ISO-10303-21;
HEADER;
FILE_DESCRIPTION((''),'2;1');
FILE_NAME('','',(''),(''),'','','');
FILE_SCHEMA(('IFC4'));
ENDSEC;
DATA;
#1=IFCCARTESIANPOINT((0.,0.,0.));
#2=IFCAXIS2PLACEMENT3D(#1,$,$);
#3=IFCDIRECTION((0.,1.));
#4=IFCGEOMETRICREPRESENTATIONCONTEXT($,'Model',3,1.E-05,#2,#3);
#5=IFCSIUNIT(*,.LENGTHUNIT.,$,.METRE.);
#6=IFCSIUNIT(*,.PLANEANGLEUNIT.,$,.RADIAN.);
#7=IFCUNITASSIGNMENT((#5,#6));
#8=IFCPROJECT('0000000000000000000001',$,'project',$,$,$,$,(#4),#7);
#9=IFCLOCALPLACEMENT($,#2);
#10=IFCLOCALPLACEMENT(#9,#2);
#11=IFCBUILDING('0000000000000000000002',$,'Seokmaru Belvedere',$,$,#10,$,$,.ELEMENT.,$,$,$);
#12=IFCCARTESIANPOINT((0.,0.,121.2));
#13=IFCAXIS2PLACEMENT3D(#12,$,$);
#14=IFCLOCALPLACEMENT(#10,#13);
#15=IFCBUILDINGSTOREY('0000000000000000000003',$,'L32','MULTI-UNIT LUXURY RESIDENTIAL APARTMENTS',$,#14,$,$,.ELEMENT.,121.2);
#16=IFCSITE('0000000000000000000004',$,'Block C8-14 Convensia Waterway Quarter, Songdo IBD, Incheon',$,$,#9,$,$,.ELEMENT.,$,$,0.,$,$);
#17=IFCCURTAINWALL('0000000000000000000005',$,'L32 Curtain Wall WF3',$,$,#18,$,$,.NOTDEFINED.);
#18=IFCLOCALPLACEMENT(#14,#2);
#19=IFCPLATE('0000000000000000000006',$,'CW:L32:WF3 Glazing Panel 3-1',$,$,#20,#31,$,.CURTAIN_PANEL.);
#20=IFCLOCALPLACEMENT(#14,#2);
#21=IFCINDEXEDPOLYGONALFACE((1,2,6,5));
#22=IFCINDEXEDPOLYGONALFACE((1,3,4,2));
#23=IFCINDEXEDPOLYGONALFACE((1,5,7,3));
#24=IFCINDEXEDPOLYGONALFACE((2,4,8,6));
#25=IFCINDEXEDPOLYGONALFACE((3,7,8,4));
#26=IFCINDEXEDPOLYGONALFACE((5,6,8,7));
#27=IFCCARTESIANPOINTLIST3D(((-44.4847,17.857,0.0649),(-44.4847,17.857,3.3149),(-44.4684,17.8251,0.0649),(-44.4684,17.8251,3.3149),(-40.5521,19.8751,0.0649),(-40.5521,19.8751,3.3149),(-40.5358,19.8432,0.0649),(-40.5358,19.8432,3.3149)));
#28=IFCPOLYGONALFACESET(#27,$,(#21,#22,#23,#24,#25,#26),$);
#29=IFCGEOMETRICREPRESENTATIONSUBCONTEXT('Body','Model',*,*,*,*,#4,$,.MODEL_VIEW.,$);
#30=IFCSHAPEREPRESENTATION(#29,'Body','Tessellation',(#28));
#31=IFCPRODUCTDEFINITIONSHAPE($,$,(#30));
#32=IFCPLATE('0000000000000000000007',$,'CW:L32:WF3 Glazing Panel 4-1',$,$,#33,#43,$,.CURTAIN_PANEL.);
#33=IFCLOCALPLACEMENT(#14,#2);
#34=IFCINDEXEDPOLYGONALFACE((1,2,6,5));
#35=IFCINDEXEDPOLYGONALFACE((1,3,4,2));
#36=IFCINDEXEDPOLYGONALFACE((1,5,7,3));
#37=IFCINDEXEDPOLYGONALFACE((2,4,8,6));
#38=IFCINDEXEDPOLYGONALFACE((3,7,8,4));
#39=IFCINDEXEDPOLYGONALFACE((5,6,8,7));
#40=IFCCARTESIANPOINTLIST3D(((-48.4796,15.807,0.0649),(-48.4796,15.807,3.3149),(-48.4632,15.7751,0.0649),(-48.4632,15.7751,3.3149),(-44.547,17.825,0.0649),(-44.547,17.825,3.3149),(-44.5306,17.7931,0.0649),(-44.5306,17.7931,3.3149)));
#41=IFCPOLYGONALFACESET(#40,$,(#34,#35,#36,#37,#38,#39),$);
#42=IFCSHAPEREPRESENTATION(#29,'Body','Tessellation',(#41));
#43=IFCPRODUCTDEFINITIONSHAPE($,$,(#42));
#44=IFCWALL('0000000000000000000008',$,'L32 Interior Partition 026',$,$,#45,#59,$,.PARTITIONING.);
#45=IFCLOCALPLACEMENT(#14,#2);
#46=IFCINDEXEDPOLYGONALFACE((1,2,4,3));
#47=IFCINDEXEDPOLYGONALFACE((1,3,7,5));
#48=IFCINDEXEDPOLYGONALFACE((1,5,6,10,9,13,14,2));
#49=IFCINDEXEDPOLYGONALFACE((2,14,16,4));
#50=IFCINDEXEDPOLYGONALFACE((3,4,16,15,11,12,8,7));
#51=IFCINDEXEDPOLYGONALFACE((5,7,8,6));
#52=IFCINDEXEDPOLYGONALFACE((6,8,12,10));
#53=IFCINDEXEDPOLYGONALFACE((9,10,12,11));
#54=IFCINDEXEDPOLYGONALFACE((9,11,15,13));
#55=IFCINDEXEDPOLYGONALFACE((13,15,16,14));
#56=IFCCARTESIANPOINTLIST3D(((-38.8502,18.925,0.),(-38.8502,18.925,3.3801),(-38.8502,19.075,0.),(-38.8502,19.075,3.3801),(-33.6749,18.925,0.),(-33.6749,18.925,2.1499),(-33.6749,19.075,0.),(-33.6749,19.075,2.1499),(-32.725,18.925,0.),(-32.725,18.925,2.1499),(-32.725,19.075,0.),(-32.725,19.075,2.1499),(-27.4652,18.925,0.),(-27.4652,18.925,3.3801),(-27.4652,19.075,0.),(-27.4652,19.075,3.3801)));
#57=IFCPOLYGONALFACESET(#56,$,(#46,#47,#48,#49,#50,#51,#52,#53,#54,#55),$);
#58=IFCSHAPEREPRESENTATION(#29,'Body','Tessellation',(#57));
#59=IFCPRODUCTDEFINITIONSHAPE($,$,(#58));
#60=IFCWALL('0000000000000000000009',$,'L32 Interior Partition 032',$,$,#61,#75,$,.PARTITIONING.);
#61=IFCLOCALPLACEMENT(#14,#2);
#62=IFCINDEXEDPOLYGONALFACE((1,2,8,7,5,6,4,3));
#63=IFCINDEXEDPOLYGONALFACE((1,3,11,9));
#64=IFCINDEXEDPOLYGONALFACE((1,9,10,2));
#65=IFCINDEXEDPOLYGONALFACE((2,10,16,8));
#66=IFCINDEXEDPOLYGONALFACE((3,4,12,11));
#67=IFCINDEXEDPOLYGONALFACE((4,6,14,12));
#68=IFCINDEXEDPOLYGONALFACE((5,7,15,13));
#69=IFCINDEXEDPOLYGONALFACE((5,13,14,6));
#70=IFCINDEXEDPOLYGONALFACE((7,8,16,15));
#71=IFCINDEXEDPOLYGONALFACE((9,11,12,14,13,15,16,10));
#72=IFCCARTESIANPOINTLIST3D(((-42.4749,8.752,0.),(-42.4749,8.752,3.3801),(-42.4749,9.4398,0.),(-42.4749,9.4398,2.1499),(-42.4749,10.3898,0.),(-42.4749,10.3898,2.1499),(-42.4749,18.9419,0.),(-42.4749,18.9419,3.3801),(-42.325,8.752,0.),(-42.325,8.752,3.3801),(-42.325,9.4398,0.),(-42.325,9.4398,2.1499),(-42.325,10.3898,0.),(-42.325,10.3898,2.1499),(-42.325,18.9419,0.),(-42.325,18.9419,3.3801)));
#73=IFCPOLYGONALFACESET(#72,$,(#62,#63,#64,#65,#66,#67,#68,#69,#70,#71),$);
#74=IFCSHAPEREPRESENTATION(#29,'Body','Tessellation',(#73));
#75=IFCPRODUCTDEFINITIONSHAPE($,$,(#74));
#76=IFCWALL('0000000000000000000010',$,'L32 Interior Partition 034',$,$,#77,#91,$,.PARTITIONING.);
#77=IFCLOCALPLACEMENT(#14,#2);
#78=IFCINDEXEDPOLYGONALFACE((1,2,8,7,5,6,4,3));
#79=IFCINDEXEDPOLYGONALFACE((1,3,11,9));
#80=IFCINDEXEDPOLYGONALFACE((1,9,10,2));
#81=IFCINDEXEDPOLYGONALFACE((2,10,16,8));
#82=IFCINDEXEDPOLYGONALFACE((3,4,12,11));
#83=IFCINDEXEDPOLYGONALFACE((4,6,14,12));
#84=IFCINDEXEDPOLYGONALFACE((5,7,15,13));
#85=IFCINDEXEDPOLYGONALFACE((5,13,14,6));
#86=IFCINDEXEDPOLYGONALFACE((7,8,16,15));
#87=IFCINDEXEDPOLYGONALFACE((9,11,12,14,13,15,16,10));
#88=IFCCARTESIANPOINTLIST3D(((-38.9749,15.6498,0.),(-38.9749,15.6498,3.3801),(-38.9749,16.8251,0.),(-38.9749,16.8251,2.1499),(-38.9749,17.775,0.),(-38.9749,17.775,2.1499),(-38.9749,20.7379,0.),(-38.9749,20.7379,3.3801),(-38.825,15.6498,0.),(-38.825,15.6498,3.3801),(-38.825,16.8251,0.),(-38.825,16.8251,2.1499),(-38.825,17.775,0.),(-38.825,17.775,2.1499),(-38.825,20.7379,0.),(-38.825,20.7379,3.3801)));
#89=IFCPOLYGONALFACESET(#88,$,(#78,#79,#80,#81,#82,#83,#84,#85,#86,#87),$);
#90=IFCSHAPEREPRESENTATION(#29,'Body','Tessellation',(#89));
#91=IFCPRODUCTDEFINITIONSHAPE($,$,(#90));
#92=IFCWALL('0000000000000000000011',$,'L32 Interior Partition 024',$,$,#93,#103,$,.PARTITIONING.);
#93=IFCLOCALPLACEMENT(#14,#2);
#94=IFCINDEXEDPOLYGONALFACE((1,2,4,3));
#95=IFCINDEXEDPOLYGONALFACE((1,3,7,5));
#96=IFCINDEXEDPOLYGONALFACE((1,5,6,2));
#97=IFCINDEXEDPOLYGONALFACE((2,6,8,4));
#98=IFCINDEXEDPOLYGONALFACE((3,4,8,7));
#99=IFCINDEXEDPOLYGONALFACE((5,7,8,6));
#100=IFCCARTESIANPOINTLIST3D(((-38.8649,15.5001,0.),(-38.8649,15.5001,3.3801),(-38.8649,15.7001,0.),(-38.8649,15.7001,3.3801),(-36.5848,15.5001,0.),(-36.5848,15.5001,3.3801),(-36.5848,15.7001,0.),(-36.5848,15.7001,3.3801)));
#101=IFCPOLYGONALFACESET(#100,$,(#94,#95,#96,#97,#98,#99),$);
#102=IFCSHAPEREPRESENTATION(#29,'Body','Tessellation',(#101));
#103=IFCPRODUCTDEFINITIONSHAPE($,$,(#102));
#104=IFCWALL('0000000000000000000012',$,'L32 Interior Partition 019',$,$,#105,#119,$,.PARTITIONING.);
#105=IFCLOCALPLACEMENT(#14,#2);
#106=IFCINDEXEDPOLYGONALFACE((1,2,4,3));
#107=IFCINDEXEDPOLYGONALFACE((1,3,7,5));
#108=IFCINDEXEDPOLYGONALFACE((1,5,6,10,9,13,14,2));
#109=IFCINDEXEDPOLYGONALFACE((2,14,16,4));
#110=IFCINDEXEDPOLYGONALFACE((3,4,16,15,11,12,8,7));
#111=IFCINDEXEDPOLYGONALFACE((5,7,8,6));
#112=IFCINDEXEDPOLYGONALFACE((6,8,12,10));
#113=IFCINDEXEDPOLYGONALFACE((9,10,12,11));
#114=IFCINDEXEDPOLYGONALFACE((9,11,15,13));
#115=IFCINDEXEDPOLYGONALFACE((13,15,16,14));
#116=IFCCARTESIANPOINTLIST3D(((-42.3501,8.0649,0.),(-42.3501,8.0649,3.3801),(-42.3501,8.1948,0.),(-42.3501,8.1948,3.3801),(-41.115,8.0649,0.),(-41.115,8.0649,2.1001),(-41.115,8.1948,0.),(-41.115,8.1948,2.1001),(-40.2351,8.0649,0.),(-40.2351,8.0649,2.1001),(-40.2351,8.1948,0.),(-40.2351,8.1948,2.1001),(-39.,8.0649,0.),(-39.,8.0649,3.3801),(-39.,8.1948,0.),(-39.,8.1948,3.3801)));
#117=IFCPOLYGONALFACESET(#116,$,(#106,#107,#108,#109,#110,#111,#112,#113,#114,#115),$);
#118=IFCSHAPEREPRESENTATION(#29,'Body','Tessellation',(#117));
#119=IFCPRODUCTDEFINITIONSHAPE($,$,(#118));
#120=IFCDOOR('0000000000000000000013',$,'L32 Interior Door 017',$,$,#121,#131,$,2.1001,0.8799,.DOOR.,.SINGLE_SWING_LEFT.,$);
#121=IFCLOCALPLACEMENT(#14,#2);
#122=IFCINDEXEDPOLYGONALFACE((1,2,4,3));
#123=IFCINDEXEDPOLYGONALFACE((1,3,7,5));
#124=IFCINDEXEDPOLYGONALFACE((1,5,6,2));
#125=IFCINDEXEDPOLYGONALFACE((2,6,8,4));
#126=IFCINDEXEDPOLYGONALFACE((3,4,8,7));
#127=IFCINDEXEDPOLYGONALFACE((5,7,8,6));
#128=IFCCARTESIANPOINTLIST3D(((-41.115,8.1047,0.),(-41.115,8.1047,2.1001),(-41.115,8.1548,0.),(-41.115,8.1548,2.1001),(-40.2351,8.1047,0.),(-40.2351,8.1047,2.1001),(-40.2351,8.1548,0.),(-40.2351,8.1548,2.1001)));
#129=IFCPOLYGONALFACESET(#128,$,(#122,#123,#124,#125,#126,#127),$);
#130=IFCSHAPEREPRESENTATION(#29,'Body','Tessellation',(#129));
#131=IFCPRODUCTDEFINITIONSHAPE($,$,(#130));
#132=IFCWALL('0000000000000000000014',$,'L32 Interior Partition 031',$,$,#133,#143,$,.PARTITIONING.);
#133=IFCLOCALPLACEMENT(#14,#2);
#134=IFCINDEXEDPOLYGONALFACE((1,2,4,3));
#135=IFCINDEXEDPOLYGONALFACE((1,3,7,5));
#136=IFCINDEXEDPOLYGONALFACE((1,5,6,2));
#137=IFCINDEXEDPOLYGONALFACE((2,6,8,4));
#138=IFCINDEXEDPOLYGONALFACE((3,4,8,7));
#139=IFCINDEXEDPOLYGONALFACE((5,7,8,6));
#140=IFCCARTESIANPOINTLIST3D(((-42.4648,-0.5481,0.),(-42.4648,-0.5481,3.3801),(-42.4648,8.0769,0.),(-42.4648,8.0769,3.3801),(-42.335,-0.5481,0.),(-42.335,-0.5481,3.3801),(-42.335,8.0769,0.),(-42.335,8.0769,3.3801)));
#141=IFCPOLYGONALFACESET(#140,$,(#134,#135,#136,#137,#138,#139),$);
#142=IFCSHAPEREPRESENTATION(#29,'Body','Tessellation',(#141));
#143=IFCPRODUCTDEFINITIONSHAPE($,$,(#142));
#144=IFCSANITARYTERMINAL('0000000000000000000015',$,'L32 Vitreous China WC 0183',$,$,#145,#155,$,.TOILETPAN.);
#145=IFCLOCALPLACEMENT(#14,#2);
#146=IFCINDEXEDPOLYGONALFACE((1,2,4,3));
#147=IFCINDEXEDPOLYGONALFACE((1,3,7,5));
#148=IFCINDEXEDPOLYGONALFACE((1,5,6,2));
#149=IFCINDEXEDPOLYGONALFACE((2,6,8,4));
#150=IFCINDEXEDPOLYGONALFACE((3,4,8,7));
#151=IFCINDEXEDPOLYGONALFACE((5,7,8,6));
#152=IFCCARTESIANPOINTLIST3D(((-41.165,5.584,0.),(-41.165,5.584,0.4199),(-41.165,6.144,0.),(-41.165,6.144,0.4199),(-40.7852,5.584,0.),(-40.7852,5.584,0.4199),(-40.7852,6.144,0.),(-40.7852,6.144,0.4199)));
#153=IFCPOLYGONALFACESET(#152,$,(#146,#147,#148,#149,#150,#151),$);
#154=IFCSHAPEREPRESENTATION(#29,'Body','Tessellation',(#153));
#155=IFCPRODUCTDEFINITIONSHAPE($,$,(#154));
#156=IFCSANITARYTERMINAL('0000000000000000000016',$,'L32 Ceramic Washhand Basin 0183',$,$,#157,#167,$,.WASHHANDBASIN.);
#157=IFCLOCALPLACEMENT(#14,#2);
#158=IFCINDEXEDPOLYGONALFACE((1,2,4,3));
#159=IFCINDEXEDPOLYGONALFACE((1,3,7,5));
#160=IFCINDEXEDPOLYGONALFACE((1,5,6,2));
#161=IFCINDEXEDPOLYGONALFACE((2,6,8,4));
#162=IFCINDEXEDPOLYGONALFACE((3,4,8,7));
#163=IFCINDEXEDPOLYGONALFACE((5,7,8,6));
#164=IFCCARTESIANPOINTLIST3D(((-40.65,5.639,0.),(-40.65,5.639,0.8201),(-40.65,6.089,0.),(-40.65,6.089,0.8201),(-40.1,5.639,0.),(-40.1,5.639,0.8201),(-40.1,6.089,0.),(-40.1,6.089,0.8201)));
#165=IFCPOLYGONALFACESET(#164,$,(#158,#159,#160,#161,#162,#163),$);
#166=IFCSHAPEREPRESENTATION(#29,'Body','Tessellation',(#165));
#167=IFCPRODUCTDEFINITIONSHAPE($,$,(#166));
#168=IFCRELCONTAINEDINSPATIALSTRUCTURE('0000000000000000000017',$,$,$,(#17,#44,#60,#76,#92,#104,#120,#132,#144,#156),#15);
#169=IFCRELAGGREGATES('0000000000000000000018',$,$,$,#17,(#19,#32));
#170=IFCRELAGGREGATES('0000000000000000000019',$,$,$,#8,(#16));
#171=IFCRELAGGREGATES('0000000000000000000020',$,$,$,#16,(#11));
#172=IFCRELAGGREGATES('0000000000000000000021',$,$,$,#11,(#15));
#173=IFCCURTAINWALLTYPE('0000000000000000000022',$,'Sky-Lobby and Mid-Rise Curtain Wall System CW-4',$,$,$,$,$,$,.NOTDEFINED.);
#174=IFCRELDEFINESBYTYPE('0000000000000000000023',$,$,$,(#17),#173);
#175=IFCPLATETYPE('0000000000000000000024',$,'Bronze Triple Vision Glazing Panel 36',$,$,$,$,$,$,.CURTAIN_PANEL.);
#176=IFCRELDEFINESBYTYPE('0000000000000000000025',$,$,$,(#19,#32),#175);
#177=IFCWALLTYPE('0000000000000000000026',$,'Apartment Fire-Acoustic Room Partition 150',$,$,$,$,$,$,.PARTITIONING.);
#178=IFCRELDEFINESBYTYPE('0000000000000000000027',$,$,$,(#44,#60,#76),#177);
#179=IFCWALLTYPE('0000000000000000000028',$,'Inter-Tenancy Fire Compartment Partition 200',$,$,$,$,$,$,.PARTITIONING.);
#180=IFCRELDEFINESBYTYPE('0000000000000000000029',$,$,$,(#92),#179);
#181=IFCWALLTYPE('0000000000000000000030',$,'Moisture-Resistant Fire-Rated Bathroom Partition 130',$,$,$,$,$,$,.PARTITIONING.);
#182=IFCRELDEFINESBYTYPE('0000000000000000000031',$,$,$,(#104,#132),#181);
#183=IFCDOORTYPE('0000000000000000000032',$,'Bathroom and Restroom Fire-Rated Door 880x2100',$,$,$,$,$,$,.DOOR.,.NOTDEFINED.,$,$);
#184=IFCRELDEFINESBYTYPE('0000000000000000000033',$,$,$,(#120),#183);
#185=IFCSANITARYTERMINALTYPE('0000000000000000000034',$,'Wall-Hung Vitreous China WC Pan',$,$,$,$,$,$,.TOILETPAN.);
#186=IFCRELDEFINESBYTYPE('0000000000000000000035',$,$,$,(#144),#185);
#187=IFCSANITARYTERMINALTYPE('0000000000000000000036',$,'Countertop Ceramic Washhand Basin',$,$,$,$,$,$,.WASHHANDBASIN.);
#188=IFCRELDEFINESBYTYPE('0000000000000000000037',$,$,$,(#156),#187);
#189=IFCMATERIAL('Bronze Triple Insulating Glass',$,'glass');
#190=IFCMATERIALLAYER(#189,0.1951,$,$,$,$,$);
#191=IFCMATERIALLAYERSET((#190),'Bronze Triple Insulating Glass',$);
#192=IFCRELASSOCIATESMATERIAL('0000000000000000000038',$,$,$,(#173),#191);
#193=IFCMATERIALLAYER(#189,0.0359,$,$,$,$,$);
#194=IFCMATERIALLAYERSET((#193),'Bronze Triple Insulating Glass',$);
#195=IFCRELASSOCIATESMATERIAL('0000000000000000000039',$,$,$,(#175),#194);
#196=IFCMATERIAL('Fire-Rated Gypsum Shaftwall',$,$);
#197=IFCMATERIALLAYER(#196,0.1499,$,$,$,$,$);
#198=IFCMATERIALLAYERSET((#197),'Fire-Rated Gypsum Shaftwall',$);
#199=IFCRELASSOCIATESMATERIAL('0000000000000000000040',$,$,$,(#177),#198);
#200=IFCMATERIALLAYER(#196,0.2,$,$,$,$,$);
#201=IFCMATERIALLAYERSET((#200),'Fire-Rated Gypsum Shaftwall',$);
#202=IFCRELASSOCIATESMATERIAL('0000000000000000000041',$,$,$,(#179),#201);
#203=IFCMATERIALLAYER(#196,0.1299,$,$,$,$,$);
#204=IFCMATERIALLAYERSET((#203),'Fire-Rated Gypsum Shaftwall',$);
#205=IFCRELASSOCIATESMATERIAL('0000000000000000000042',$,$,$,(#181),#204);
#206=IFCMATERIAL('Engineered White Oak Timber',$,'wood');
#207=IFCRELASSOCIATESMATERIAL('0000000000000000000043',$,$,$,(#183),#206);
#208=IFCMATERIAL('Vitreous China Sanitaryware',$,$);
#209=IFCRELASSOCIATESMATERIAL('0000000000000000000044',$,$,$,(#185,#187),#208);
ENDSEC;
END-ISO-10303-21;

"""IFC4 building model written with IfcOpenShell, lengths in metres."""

from ifc_helpers import new_model, si_unit, direction, frame, frame_2d, origin, origin_2d, place, context, subcontext, project, spatial, rectangle, extrude, source, transform, mapped, material, layer, layer_set, type_object, type_shapes, element, fill, aggregate, save


model = new_model("IFC4")

# Units and contexts
model_context = context("Model", 3, precision=1e-05, world=origin(), true_north=direction((0.0, 1.0)))
body_context = subcontext(model_context, "Body", "Model", "MODEL_VIEW")
ifc_project = project(units=[si_unit("LENGTHUNIT", "METRE"), si_unit("PLANEANGLEUNIT", "RADIAN")], contexts=[model_context])

# Site, building, storey
site_placement = place(None, origin())
site = spatial("IfcSite", under=ifc_project, at=site_placement, Name="Block C8-14 Convensia Waterway Quarter, Songdo IBD, Incheon", CompositionType="ELEMENT", RefElevation=0.0)
building_placement = place(site_placement, origin())
building = spatial("IfcBuilding", under=site, at=building_placement, Name="Seokmaru Belvedere", CompositionType="ELEMENT")
storey_placement = place(building_placement, frame((0.0, 0.0, 121.2)))
storey = spatial("IfcBuildingStorey", under=building, at=storey_placement, Name="L32", Description="MULTI-UNIT LUXURY RESIDENTIAL APARTMENTS", CompositionType="ELEMENT", Elevation=121.2)

# Curtain wall, plates
ifc_material_1 = material(Name="Bronze Triple Insulating Glass", Category="glass")
ifc_layer_1 = layer(ifc_material_1, 0.1951)
ifc_layer_set_1 = layer_set([ifc_layer_1], Name="Bronze Triple Insulating Glass")
curtain_wall_type = type_object("IfcCurtainWallType", Name="Sky-Lobby and Mid-Rise Curtain Wall System CW-4", PredefinedType="NOTDEFINED", material=ifc_layer_set_1)
curtain_wall_placement = place(storey_placement, origin())
curtain_wall = element("IfcCurtainWall", 1, at=curtain_wall_placement, inside=storey, type_object=curtain_wall_type, Name="L32 Curtain Wall WF3", PredefinedType="NOTDEFINED")
ifc_layer_2 = layer(ifc_material_1, 0.0359)
ifc_layer_set_2 = layer_set([ifc_layer_2], Name="Bronze Triple Insulating Glass")
plate_type = type_object("IfcPlateType", Name="Bronze Triple Vision Glazing Panel 36", PredefinedType="CURTAIN_PANEL", material=ifc_layer_set_2)
shared_shape_1 = source(origin(), body_context, "Body", "SweptSolid", [
    extrude(rectangle(XDim=4.4202, YDim=0.0359, at=origin_2d()), origin(), (0.0, 0.0, 1.0), 3.25),
])
type_shapes(plate_type, [shared_shape_1])
plate_1_placement = place(storey_placement, frame((-42.5103, 18.8501, 0.0649), z_axis=(0.0, 0.0, 1.0), x_axis=(-0.889695, -0.456555, 0.0)))
plate_1 = element("IfcPlate", 2, at=plate_1_placement, type_object=plate_type, Name="CW:L32:WF3 Glazing Panel 3-1", PredefinedType="CURTAIN_PANEL", context=body_context, shape_type="MappedRepresentation", body=[
    mapped(shared_shape_1, transform((0.0, 0.0, 0.0), scale=1.0)),
])
plate_2_placement = place(storey_placement, frame((-46.5051, 16.8, 0.0649), z_axis=(0.0, 0.0, 1.0), x_axis=(-0.889695, -0.456555, 0.0)))
plate_2 = element("IfcPlate", 3, at=plate_2_placement, type_object=plate_type, Name="CW:L32:WF3 Glazing Panel 4-1", PredefinedType="CURTAIN_PANEL", context=body_context, shape_type="MappedRepresentation", body=[
    mapped(shared_shape_1, transform((0.0, 0.0, 0.0), scale=1.0)),
])
aggregate(curtain_wall, [plate_1, plate_2])

# Shared definitions
ifc_material_2 = material(Name="Fire-Rated Gypsum Shaftwall")
ifc_layer_3 = layer(ifc_material_2, 0.1499)
ifc_layer_set_3 = layer_set([ifc_layer_3], Name="Fire-Rated Gypsum Shaftwall")
wall_type_1 = type_object("IfcWallType", Name="Apartment Fire-Acoustic Room Partition 150", PredefinedType="PARTITIONING", material=ifc_layer_set_3)
ifc_material_3 = material(Name="Engineered White Oak Timber", Category="wood")

# Walls, openings
wall_1_placement = place(storey_placement, frame((-38.8501, 19.0, 0.0), z_axis=(0.0, 0.0, 1.0), x_axis=(1.0, 0.0, 0.0)))
wall_1 = element("IfcWall", 4, at=wall_1_placement, inside=storey, type_object=wall_type_1, Name="L32 Interior Partition 026", PredefinedType="PARTITIONING", context=body_context, shape_type="SweptSolid", body=[
    extrude(rectangle(XDim=11.385, YDim=0.1499, at=frame_2d((5.6924, 0.0))), origin(), (0.0, 0.0, 1.0), 3.3801),
])
opening_1_placement = place(wall_1_placement, frame((5.175, 0.0, 0.0)))
element("IfcOpeningElement", 5, at=opening_1_placement, cuts=wall_1, PredefinedType="OPENING", context=body_context, shape_type="SweptSolid", body=[
    extrude(rectangle(XDim=0.95, YDim=2.1499, at=frame_2d((0.4751, 1.075))), frame((0.0, 0.085, 0.0), z_axis=(0.0, -1.0, 0.0), x_axis=(1.0, 0.0, 0.0)), (0.0, 0.0, 1.0), 0.1699),
])
wall_2_placement = place(storey_placement, frame((-42.3999, 8.752, 0.0), z_axis=(0.0, 0.0, 1.0), x_axis=(0.0, 1.0, 0.0)))
wall_2 = element("IfcWall", 6, at=wall_2_placement, inside=storey, type_object=wall_type_1, Name="L32 Interior Partition 032", PredefinedType="PARTITIONING", context=body_context, shape_type="SweptSolid", body=[
    extrude(rectangle(XDim=10.1899, YDim=0.1499, at=frame_2d((5.095, 0.0))), origin(), (0.0, 0.0, 1.0), 3.3801),
])
opening_2_placement = place(wall_2_placement, frame((0.6877, 0.0, 0.0)))
element("IfcOpeningElement", 7, at=opening_2_placement, cuts=wall_2, PredefinedType="OPENING", context=body_context, shape_type="SweptSolid", body=[
    extrude(rectangle(XDim=0.95, YDim=2.1499, at=frame_2d((0.4751, 1.075))), frame((0.0, 0.085, 0.0), z_axis=(0.0, -1.0, 0.0), x_axis=(1.0, 0.0, 0.0)), (0.0, 0.0, 1.0), 0.1699),
])
wall_3_placement = place(storey_placement, frame((-38.8999, 15.6499, 0.0), z_axis=(0.0, 0.0, 1.0), x_axis=(0.0, 1.0, 0.0)))
wall_3 = element("IfcWall", 8, at=wall_3_placement, inside=storey, type_object=wall_type_1, Name="L32 Interior Partition 034", PredefinedType="PARTITIONING", context=body_context, shape_type="SweptSolid", body=[
    extrude(rectangle(XDim=5.0881, YDim=0.1499, at=frame_2d((2.5439, 0.0))), origin(), (0.0, 0.0, 1.0), 3.3801),
])
opening_3_placement = place(wall_3_placement, frame((1.175, 0.0, 0.0)))
element("IfcOpeningElement", 9, at=opening_3_placement, cuts=wall_3, PredefinedType="OPENING", context=body_context, shape_type="SweptSolid", body=[
    extrude(rectangle(XDim=0.95, YDim=2.1499, at=frame_2d((0.4751, 1.075))), frame((0.0, 0.085, 0.0), z_axis=(0.0, -1.0, 0.0), x_axis=(1.0, 0.0, 0.0)), (0.0, 0.0, 1.0), 0.1699),
])

# Wall
ifc_layer_4 = layer(ifc_material_2, 0.2)
ifc_layer_set_4 = layer_set([ifc_layer_4], Name="Fire-Rated Gypsum Shaftwall")
wall_type_2 = type_object("IfcWallType", Name="Inter-Tenancy Fire Compartment Partition 200", PredefinedType="PARTITIONING", material=ifc_layer_set_4)
wall_4_placement = place(storey_placement, frame((-38.865, 15.6001, 0.0), z_axis=(0.0, 0.0, 1.0), x_axis=(1.0, 0.0, 0.0)))
element("IfcWall", 10, at=wall_4_placement, inside=storey, type_object=wall_type_2, Name="L32 Interior Partition 024", PredefinedType="PARTITIONING", context=body_context, shape_type="SweptSolid", body=[
    extrude(rectangle(XDim=2.28, YDim=0.2, at=frame_2d((1.1401, 0.0))), origin(), (0.0, 0.0, 1.0), 3.3801),
])

# Wall, opening, door
ifc_layer_5 = layer(ifc_material_2, 0.1299)
ifc_layer_set_5 = layer_set([ifc_layer_5], Name="Fire-Rated Gypsum Shaftwall")
wall_type_3 = type_object("IfcWallType", Name="Moisture-Resistant Fire-Rated Bathroom Partition 130", PredefinedType="PARTITIONING", material=ifc_layer_set_5)
wall_5_placement = place(storey_placement, frame((-42.3501, 8.1299, 0.0), z_axis=(0.0, 0.0, 1.0), x_axis=(1.0, 0.0, 0.0)))
wall_5 = element("IfcWall", 11, at=wall_5_placement, inside=storey, type_object=wall_type_3, Name="L32 Interior Partition 019", PredefinedType="PARTITIONING", context=body_context, shape_type="SweptSolid", body=[
    extrude(rectangle(XDim=3.3501, YDim=0.1299, at=frame_2d((1.675, 0.0))), origin(), (0.0, 0.0, 1.0), 3.3801),
])
opening_4_placement = place(wall_5_placement, frame((1.2351, 0.0, 0.0)))
opening_4 = element("IfcOpeningElement", 12, at=opening_4_placement, cuts=wall_5, PredefinedType="OPENING", context=body_context, shape_type="SweptSolid", body=[
    extrude(rectangle(XDim=0.8799, YDim=2.1001, at=frame_2d((0.4399, 1.05))), frame((0.0, 0.075, 0.0), z_axis=(0.0, -1.0, 0.0), x_axis=(1.0, 0.0, 0.0)), (0.0, 0.0, 1.0), 0.1499),
])
door_type_1 = type_object("IfcDoorType", Name="Bathroom and Restroom Fire-Rated Door 880x2100", OperationType="NOTDEFINED", PredefinedType="DOOR", material=ifc_material_3)
shared_shape_2 = source(origin(), body_context, "Body", "SweptSolid", [
    extrude(rectangle(XDim=0.8799, YDim=2.1001, at=frame_2d((0.4399, 1.05))), frame((0.0, 0.0249, 0.0), z_axis=(0.0, -1.0, 0.0), x_axis=(1.0, 0.0, 0.0)), (0.0, 0.0, 1.0), 0.05),
])
type_shapes(door_type_1, [shared_shape_2])
door_1_placement = place(opening_4_placement, origin())
door_1 = element("IfcDoor", 13, at=door_1_placement, inside=storey, type_object=door_type_1, Name="L32 Interior Door 017", OperationType="SINGLE_SWING_LEFT", OverallHeight=2.1001, OverallWidth=0.8799, PredefinedType="DOOR", context=body_context, shape_type="MappedRepresentation", body=[
    mapped(shared_shape_2, transform((0.0, 0.0, 0.0), scale=1.0)),
])
fill(opening_4, door_1)

# Wall
wall_6_placement = place(storey_placement, frame((-42.3999, -0.5481, 0.0), z_axis=(0.0, 0.0, 1.0), x_axis=(0.0, 1.0, 0.0)))
element("IfcWall", 14, at=wall_6_placement, inside=storey, type_object=wall_type_3, Name="L32 Interior Partition 031", PredefinedType="PARTITIONING", context=body_context, shape_type="SweptSolid", body=[
    extrude(rectangle(XDim=8.625, YDim=0.1299, at=frame_2d((4.3125, 0.0))), origin(), (0.0, 0.0, 1.0), 3.3801),
])

# Sanitary terminals
ifc_material_4 = material(Name="Vitreous China Sanitaryware")
sanitary_terminal_type_1 = type_object("IfcSanitaryTerminalType", Name="Wall-Hung Vitreous China WC Pan", PredefinedType="TOILETPAN", material=ifc_material_4)
shared_shape_3 = source(origin(), body_context, "Body", "SweptSolid", [
    extrude(rectangle(XDim=0.3799, YDim=0.5601, at=origin_2d()), origin(), (0.0, 0.0, 1.0), 0.4199),
])
type_shapes(sanitary_terminal_type_1, [shared_shape_3])
sanitary_terminal_1_placement = place(storey_placement, frame((-40.9751, 5.864, 0.0), z_axis=(0.0, 0.0, 1.0), x_axis=(1.0, 0.0, 0.0)))
element("IfcSanitaryTerminal", 15, at=sanitary_terminal_1_placement, inside=storey, type_object=sanitary_terminal_type_1, Name="L32 Vitreous China WC 0183", PredefinedType="TOILETPAN", context=body_context, shape_type="MappedRepresentation", body=[
    mapped(shared_shape_3, transform((0.0, 0.0, 0.0), scale=1.0)),
])
sanitary_terminal_type_2 = type_object("IfcSanitaryTerminalType", Name="Countertop Ceramic Washhand Basin", PredefinedType="WASHHANDBASIN", material=ifc_material_4)
shared_shape_4 = source(origin(), body_context, "Body", "SweptSolid", [
    extrude(rectangle(XDim=0.55, YDim=0.45, at=origin_2d()), origin(), (0.0, 0.0, 1.0), 0.8201),
])
type_shapes(sanitary_terminal_type_2, [shared_shape_4])
sanitary_terminal_2_placement = place(storey_placement, frame((-40.375, 5.864, 0.0), z_axis=(0.0, 0.0, 1.0), x_axis=(1.0, 0.0, 0.0)))
element("IfcSanitaryTerminal", 16, at=sanitary_terminal_2_placement, inside=storey, type_object=sanitary_terminal_type_2, Name="L32 Ceramic Washhand Basin 0183", PredefinedType="WASHHANDBASIN", context=body_context, shape_type="MappedRepresentation", body=[
    mapped(shared_shape_4, transform((0.0, 0.0, 0.0), scale=1.0)),
])

save(model, "model.ifc")
